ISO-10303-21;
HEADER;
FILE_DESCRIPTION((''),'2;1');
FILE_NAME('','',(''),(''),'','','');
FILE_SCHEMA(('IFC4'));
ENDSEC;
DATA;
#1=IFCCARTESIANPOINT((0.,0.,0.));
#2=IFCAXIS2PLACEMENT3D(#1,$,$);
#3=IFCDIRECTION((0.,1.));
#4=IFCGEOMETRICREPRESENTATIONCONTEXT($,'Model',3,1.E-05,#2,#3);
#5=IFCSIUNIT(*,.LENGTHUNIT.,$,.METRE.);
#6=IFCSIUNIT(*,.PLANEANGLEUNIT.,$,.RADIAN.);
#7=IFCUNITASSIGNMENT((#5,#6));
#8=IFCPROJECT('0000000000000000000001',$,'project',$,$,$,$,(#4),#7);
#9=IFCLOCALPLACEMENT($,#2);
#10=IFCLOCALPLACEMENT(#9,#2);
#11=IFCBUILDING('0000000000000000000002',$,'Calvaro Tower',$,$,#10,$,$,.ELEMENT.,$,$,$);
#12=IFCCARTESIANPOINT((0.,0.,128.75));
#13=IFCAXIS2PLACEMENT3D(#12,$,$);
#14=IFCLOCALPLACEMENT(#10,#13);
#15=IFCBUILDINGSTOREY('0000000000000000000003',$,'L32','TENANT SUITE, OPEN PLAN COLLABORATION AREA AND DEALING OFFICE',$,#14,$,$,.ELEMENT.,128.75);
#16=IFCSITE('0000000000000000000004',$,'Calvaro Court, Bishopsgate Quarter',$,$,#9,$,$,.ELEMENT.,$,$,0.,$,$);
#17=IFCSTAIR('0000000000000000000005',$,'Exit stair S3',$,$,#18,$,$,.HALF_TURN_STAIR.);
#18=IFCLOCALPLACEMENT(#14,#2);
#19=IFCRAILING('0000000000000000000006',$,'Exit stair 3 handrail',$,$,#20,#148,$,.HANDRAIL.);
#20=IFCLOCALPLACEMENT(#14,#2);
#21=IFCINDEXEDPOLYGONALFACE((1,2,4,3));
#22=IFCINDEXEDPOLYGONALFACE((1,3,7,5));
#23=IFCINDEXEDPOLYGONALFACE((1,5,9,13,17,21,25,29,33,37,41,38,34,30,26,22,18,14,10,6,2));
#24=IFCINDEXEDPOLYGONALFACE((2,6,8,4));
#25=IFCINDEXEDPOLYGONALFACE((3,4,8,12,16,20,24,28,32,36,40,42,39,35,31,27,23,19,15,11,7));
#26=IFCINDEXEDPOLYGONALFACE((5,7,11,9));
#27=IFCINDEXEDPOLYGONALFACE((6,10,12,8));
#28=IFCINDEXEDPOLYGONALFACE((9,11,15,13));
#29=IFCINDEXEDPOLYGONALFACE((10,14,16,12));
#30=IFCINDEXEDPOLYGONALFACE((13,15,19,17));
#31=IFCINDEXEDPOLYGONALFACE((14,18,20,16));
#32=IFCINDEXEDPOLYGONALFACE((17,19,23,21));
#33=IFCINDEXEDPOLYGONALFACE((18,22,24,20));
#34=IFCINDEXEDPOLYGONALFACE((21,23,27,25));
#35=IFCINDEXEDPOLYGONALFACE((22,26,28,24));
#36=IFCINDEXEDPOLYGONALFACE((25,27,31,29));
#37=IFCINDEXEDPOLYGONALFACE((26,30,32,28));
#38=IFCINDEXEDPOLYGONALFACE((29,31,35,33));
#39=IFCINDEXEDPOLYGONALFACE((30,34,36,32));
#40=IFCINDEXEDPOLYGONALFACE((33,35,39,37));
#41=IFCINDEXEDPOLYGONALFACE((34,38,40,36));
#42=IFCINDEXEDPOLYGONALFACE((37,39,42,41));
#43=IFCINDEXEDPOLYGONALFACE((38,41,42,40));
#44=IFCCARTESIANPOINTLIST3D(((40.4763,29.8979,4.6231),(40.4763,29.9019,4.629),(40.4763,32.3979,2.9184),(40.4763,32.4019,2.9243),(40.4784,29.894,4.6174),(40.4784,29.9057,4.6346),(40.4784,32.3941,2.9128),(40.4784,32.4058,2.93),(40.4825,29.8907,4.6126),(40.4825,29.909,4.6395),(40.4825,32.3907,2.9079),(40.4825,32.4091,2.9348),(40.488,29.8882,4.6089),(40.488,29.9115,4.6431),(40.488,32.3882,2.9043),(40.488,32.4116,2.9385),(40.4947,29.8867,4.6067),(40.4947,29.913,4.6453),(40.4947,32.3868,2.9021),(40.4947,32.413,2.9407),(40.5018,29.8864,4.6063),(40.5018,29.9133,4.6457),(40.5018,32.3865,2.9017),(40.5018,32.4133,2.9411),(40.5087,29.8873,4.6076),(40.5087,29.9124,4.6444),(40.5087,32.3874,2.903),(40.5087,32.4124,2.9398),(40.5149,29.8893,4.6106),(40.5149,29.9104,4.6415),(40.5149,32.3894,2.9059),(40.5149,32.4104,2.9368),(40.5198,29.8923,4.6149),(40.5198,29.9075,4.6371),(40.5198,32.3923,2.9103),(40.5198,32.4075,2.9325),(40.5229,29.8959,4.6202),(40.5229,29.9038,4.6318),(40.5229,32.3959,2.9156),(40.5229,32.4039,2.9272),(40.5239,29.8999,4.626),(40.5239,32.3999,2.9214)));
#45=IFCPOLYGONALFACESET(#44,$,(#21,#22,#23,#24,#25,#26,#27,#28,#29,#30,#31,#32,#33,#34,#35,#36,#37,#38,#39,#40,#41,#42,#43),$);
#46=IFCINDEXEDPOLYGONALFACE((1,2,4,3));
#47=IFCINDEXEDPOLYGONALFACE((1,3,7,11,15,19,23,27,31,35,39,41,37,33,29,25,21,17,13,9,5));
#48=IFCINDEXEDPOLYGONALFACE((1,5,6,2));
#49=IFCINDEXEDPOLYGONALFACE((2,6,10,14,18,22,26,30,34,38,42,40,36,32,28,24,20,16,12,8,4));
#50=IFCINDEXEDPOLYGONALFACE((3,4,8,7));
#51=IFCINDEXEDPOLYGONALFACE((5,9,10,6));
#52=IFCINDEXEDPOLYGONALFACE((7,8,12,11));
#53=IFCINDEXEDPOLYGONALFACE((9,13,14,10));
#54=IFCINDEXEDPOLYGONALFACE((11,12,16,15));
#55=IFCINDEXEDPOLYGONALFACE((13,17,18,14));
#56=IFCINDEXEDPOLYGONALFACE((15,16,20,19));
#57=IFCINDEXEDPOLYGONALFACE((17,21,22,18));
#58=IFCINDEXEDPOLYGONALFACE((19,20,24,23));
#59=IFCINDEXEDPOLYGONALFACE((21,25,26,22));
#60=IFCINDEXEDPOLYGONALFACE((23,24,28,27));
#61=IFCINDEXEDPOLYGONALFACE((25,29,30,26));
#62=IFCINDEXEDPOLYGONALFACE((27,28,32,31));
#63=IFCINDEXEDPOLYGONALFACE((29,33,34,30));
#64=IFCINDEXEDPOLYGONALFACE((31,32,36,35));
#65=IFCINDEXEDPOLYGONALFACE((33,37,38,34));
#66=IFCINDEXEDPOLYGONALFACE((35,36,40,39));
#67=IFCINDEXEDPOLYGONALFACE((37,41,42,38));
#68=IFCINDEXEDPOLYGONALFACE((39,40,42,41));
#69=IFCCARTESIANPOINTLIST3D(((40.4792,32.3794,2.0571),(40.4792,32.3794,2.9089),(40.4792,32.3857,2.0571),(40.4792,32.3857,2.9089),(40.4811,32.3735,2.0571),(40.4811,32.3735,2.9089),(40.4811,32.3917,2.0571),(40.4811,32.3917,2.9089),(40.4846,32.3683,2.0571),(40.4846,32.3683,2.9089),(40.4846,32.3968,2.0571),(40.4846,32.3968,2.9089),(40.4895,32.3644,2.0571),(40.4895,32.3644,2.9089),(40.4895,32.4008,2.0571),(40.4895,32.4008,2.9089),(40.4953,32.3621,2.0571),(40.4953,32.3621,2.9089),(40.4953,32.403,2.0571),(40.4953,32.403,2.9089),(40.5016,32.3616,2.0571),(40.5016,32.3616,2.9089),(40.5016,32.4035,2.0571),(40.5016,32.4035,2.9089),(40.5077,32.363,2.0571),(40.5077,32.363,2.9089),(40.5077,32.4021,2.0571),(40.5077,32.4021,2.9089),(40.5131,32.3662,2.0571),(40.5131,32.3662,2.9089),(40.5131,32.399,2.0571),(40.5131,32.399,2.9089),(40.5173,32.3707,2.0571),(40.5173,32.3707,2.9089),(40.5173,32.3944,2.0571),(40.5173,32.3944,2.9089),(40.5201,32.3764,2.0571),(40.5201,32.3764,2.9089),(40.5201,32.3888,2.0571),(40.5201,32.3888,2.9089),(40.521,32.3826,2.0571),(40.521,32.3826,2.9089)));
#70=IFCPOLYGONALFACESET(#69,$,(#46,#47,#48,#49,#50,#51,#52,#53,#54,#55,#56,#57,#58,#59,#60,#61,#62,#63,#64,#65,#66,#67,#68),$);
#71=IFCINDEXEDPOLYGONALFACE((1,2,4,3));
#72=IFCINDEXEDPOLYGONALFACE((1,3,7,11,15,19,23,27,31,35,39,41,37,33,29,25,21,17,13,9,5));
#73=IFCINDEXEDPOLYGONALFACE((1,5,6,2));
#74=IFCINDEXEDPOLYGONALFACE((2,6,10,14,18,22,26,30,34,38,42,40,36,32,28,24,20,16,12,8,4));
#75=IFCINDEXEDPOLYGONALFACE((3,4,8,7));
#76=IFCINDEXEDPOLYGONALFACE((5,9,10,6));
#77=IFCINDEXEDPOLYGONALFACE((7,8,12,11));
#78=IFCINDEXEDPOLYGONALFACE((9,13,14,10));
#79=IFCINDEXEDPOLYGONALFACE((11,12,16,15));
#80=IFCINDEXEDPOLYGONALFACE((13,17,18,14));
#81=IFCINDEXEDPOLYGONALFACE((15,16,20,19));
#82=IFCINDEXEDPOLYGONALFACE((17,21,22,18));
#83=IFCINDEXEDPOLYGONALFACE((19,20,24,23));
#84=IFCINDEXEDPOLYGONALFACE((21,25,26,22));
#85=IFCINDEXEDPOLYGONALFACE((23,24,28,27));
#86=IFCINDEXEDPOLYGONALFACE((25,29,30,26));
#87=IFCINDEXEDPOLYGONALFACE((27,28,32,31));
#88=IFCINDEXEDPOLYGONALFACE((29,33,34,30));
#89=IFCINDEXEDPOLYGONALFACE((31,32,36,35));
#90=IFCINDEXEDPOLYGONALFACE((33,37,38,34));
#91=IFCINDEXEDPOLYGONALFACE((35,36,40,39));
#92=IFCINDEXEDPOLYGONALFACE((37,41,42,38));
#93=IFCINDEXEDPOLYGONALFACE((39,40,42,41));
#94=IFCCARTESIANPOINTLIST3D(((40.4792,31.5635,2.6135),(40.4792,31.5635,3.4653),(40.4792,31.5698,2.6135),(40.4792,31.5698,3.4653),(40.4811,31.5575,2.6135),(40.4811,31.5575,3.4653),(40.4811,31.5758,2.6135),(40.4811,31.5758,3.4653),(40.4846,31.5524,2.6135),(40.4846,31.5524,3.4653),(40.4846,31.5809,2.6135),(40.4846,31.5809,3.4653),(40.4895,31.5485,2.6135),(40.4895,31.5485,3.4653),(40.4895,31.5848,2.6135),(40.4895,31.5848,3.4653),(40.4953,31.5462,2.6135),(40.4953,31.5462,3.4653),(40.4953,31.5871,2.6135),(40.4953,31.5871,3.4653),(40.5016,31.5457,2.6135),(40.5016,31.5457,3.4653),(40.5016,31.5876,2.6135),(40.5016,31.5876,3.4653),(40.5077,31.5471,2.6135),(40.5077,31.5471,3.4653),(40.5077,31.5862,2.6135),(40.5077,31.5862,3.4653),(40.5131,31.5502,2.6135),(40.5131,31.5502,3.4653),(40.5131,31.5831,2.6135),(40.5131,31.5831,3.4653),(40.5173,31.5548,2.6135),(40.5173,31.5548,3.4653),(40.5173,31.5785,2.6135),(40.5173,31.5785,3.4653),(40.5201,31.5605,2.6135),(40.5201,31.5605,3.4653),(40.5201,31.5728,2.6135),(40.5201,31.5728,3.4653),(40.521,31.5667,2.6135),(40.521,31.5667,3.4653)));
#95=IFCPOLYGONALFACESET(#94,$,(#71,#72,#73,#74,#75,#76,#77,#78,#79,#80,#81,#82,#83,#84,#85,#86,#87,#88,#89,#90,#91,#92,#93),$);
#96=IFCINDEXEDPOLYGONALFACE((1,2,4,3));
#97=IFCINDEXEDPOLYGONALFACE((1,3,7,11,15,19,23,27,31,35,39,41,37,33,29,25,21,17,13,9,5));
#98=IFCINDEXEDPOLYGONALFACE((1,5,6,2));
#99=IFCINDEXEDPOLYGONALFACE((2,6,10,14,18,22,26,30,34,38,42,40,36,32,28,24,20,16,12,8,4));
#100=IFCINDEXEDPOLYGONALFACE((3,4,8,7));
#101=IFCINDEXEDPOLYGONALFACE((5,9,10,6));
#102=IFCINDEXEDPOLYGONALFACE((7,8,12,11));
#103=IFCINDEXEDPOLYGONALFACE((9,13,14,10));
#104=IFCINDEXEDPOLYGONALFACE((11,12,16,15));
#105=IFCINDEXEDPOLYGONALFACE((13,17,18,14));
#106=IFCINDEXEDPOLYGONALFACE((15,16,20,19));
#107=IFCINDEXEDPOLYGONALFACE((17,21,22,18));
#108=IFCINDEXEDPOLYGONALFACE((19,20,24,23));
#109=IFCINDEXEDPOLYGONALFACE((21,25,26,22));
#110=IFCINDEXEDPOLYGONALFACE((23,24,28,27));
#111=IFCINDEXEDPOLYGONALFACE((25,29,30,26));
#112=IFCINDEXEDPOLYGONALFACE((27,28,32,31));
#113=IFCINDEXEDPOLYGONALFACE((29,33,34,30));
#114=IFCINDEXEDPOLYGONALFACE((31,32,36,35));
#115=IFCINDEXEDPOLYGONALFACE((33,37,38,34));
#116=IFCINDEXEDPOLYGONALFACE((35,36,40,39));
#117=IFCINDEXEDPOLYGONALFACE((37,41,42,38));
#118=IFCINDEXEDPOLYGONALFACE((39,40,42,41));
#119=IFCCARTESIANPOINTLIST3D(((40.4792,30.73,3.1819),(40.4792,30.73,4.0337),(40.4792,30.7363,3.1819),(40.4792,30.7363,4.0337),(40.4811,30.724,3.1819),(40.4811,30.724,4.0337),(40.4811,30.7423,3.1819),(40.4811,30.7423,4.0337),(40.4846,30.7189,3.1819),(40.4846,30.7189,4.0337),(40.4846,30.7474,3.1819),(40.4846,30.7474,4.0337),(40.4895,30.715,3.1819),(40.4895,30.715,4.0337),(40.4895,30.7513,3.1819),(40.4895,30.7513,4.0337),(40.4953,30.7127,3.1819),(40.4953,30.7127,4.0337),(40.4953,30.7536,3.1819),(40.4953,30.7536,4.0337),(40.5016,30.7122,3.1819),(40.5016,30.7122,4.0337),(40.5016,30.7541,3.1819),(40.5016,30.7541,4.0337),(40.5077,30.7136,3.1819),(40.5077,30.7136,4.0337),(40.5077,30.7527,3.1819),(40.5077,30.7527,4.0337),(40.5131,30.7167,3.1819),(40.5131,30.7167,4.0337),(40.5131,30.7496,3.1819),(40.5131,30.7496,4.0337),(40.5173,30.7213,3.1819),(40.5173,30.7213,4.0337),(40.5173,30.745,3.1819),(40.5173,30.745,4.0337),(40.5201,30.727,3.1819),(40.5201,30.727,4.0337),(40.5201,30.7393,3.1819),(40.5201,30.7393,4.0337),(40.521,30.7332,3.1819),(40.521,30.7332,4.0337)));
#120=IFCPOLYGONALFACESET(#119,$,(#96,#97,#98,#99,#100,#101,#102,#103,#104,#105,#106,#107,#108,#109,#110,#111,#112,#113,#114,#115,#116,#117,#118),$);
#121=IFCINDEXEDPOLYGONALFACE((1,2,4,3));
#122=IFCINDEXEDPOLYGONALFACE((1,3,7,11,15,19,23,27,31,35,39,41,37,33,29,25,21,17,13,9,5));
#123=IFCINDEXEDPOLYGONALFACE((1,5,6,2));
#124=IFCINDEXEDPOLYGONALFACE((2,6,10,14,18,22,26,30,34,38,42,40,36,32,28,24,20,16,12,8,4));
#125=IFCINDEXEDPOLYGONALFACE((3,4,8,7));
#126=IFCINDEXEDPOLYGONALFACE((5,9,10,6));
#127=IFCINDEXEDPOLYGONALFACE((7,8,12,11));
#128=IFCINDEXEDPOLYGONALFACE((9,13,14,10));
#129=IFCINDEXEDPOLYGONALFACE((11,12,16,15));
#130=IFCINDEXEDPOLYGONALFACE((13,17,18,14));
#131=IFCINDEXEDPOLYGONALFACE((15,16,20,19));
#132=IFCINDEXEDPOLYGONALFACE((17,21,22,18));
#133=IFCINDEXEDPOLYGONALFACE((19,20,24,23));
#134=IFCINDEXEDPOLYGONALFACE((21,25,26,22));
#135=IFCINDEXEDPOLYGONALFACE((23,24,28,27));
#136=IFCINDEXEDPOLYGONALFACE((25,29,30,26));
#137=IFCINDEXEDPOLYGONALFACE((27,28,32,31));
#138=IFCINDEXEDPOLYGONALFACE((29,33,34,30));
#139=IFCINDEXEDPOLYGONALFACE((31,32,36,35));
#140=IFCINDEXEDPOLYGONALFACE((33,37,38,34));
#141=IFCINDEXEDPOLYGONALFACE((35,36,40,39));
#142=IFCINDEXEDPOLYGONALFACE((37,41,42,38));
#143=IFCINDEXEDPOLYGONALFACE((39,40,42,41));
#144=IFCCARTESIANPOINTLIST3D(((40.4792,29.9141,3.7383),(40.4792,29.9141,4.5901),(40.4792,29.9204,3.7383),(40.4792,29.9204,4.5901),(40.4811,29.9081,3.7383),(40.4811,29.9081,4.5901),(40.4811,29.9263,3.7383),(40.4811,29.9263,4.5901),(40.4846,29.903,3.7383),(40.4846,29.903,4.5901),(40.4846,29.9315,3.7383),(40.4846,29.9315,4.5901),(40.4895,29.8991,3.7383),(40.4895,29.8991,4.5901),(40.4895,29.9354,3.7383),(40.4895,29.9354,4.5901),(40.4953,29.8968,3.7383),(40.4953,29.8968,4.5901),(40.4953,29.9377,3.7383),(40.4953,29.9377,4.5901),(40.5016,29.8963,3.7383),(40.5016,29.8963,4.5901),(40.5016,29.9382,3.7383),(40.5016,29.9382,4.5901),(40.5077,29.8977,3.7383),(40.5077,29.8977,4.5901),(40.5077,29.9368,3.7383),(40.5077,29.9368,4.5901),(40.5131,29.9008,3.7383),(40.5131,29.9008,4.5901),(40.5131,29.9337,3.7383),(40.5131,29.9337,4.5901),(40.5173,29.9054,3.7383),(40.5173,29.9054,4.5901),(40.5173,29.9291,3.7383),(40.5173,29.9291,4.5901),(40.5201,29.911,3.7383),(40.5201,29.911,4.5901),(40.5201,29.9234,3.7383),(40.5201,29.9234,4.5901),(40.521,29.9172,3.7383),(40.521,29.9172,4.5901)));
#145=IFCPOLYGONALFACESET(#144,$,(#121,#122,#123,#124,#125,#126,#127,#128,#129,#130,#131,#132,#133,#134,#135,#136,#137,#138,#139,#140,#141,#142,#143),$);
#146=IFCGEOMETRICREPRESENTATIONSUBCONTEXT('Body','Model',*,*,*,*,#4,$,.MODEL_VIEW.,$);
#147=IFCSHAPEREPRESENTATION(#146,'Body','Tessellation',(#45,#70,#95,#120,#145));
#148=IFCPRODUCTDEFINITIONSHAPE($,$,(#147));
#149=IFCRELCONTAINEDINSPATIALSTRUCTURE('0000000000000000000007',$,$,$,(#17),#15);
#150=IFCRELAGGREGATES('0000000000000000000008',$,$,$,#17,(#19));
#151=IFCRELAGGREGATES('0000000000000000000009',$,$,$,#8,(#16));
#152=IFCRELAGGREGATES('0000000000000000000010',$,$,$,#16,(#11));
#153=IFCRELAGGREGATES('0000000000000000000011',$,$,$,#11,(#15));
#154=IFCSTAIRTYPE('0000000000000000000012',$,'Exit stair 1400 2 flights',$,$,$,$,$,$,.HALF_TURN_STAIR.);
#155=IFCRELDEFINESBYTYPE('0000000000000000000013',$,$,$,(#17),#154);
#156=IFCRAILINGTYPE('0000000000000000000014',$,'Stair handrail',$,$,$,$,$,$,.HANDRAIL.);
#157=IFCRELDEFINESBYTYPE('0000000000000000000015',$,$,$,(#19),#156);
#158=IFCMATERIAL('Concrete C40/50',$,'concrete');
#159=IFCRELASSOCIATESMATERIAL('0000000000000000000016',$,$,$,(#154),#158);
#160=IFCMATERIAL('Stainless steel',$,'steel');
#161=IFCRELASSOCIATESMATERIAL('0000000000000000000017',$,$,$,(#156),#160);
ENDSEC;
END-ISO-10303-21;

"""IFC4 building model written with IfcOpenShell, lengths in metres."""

from ifc_helpers import new_model, si_unit, direction, frame, origin, origin_2d, place, context, subcontext, project, spatial, circle, extrude, material, type_object, element, aggregate, save


model = new_model("IFC4")

# Units and contexts
model_context = context("Model", 3, precision=1e-05, world=origin(), true_north=direction((0.0, 1.0)))
body_context = subcontext(model_context, "Body", "Model", "MODEL_VIEW")
ifc_project = project(units=[si_unit("LENGTHUNIT", "METRE"), si_unit("PLANEANGLEUNIT", "RADIAN")], contexts=[model_context])

# Site, building, storey
site_placement = place(None, origin())
site = spatial("IfcSite", under=ifc_project, at=site_placement, Name="Calvaro Court, Bishopsgate Quarter", CompositionType="ELEMENT", RefElevation=0.0)
building_placement = place(site_placement, origin())
building = spatial("IfcBuilding", under=site, at=building_placement, Name="Calvaro Tower", CompositionType="ELEMENT")
storey_placement = place(building_placement, frame((0.0, 0.0, 128.75)))
storey = spatial("IfcBuildingStorey", under=building, at=storey_placement, Name="L32", Description="TENANT SUITE, OPEN PLAN COLLABORATION AREA AND DEALING OFFICE", CompositionType="ELEMENT", Elevation=128.75)

# Stair
ifc_material_1 = material(Name="Concrete C40/50", Category="concrete")
stair_type = type_object("IfcStairType", Name="Exit stair 1400 2 flights", PredefinedType="HALF_TURN_STAIR", material=ifc_material_1)
stair_1_placement = place(storey_placement, origin())
stair_1 = element("IfcStair", 1, at=stair_1_placement, inside=storey, type_object=stair_type, Name="Exit stair S3", PredefinedType="HALF_TURN_STAIR")

# Railing
ifc_material_2 = material(Name="Stainless steel", Category="steel")
railing_type = type_object("IfcRailingType", Name="Stair handrail", PredefinedType="HANDRAIL", material=ifc_material_2)
railing_1_placement = place(storey_placement, frame((40.5, 32.3999, 2.0454)))
railing_1 = element("IfcRailing", 2, at=railing_1_placement, type_object=railing_type, Name="Exit stair 3 handrail", PredefinedType="HANDRAIL", context=body_context, shape_type="SweptSolid", body=[
    extrude(circle(Radius=0.0239, at=origin_2d()), frame((0.0, 0.0, 0.876), z_axis=(0.0, -0.826221, 0.563347), x_axis=(1.0, 0.0, 0.0)), (0.0, 0.0, 1.0), 3.0259),
    extrude(circle(Radius=0.021, at=origin_2d()), frame((0.0, -0.0173, 0.0117)), (0.0, 0.0, 1.0), 0.8518),
    extrude(circle(Radius=0.021, at=origin_2d()), frame((0.0, -0.8333, 0.5681)), (0.0, 0.0, 1.0), 0.8518),
    extrude(circle(Radius=0.021, at=origin_2d()), frame((0.0, -1.6667, 1.1365)), (0.0, 0.0, 1.0), 0.8518),
    extrude(circle(Radius=0.021, at=origin_2d()), frame((0.0, -2.4827, 1.6929)), (0.0, 0.0, 1.0), 0.8518),
])
aggregate(stair_1, [railing_1])

save(model, "model.ifc")
